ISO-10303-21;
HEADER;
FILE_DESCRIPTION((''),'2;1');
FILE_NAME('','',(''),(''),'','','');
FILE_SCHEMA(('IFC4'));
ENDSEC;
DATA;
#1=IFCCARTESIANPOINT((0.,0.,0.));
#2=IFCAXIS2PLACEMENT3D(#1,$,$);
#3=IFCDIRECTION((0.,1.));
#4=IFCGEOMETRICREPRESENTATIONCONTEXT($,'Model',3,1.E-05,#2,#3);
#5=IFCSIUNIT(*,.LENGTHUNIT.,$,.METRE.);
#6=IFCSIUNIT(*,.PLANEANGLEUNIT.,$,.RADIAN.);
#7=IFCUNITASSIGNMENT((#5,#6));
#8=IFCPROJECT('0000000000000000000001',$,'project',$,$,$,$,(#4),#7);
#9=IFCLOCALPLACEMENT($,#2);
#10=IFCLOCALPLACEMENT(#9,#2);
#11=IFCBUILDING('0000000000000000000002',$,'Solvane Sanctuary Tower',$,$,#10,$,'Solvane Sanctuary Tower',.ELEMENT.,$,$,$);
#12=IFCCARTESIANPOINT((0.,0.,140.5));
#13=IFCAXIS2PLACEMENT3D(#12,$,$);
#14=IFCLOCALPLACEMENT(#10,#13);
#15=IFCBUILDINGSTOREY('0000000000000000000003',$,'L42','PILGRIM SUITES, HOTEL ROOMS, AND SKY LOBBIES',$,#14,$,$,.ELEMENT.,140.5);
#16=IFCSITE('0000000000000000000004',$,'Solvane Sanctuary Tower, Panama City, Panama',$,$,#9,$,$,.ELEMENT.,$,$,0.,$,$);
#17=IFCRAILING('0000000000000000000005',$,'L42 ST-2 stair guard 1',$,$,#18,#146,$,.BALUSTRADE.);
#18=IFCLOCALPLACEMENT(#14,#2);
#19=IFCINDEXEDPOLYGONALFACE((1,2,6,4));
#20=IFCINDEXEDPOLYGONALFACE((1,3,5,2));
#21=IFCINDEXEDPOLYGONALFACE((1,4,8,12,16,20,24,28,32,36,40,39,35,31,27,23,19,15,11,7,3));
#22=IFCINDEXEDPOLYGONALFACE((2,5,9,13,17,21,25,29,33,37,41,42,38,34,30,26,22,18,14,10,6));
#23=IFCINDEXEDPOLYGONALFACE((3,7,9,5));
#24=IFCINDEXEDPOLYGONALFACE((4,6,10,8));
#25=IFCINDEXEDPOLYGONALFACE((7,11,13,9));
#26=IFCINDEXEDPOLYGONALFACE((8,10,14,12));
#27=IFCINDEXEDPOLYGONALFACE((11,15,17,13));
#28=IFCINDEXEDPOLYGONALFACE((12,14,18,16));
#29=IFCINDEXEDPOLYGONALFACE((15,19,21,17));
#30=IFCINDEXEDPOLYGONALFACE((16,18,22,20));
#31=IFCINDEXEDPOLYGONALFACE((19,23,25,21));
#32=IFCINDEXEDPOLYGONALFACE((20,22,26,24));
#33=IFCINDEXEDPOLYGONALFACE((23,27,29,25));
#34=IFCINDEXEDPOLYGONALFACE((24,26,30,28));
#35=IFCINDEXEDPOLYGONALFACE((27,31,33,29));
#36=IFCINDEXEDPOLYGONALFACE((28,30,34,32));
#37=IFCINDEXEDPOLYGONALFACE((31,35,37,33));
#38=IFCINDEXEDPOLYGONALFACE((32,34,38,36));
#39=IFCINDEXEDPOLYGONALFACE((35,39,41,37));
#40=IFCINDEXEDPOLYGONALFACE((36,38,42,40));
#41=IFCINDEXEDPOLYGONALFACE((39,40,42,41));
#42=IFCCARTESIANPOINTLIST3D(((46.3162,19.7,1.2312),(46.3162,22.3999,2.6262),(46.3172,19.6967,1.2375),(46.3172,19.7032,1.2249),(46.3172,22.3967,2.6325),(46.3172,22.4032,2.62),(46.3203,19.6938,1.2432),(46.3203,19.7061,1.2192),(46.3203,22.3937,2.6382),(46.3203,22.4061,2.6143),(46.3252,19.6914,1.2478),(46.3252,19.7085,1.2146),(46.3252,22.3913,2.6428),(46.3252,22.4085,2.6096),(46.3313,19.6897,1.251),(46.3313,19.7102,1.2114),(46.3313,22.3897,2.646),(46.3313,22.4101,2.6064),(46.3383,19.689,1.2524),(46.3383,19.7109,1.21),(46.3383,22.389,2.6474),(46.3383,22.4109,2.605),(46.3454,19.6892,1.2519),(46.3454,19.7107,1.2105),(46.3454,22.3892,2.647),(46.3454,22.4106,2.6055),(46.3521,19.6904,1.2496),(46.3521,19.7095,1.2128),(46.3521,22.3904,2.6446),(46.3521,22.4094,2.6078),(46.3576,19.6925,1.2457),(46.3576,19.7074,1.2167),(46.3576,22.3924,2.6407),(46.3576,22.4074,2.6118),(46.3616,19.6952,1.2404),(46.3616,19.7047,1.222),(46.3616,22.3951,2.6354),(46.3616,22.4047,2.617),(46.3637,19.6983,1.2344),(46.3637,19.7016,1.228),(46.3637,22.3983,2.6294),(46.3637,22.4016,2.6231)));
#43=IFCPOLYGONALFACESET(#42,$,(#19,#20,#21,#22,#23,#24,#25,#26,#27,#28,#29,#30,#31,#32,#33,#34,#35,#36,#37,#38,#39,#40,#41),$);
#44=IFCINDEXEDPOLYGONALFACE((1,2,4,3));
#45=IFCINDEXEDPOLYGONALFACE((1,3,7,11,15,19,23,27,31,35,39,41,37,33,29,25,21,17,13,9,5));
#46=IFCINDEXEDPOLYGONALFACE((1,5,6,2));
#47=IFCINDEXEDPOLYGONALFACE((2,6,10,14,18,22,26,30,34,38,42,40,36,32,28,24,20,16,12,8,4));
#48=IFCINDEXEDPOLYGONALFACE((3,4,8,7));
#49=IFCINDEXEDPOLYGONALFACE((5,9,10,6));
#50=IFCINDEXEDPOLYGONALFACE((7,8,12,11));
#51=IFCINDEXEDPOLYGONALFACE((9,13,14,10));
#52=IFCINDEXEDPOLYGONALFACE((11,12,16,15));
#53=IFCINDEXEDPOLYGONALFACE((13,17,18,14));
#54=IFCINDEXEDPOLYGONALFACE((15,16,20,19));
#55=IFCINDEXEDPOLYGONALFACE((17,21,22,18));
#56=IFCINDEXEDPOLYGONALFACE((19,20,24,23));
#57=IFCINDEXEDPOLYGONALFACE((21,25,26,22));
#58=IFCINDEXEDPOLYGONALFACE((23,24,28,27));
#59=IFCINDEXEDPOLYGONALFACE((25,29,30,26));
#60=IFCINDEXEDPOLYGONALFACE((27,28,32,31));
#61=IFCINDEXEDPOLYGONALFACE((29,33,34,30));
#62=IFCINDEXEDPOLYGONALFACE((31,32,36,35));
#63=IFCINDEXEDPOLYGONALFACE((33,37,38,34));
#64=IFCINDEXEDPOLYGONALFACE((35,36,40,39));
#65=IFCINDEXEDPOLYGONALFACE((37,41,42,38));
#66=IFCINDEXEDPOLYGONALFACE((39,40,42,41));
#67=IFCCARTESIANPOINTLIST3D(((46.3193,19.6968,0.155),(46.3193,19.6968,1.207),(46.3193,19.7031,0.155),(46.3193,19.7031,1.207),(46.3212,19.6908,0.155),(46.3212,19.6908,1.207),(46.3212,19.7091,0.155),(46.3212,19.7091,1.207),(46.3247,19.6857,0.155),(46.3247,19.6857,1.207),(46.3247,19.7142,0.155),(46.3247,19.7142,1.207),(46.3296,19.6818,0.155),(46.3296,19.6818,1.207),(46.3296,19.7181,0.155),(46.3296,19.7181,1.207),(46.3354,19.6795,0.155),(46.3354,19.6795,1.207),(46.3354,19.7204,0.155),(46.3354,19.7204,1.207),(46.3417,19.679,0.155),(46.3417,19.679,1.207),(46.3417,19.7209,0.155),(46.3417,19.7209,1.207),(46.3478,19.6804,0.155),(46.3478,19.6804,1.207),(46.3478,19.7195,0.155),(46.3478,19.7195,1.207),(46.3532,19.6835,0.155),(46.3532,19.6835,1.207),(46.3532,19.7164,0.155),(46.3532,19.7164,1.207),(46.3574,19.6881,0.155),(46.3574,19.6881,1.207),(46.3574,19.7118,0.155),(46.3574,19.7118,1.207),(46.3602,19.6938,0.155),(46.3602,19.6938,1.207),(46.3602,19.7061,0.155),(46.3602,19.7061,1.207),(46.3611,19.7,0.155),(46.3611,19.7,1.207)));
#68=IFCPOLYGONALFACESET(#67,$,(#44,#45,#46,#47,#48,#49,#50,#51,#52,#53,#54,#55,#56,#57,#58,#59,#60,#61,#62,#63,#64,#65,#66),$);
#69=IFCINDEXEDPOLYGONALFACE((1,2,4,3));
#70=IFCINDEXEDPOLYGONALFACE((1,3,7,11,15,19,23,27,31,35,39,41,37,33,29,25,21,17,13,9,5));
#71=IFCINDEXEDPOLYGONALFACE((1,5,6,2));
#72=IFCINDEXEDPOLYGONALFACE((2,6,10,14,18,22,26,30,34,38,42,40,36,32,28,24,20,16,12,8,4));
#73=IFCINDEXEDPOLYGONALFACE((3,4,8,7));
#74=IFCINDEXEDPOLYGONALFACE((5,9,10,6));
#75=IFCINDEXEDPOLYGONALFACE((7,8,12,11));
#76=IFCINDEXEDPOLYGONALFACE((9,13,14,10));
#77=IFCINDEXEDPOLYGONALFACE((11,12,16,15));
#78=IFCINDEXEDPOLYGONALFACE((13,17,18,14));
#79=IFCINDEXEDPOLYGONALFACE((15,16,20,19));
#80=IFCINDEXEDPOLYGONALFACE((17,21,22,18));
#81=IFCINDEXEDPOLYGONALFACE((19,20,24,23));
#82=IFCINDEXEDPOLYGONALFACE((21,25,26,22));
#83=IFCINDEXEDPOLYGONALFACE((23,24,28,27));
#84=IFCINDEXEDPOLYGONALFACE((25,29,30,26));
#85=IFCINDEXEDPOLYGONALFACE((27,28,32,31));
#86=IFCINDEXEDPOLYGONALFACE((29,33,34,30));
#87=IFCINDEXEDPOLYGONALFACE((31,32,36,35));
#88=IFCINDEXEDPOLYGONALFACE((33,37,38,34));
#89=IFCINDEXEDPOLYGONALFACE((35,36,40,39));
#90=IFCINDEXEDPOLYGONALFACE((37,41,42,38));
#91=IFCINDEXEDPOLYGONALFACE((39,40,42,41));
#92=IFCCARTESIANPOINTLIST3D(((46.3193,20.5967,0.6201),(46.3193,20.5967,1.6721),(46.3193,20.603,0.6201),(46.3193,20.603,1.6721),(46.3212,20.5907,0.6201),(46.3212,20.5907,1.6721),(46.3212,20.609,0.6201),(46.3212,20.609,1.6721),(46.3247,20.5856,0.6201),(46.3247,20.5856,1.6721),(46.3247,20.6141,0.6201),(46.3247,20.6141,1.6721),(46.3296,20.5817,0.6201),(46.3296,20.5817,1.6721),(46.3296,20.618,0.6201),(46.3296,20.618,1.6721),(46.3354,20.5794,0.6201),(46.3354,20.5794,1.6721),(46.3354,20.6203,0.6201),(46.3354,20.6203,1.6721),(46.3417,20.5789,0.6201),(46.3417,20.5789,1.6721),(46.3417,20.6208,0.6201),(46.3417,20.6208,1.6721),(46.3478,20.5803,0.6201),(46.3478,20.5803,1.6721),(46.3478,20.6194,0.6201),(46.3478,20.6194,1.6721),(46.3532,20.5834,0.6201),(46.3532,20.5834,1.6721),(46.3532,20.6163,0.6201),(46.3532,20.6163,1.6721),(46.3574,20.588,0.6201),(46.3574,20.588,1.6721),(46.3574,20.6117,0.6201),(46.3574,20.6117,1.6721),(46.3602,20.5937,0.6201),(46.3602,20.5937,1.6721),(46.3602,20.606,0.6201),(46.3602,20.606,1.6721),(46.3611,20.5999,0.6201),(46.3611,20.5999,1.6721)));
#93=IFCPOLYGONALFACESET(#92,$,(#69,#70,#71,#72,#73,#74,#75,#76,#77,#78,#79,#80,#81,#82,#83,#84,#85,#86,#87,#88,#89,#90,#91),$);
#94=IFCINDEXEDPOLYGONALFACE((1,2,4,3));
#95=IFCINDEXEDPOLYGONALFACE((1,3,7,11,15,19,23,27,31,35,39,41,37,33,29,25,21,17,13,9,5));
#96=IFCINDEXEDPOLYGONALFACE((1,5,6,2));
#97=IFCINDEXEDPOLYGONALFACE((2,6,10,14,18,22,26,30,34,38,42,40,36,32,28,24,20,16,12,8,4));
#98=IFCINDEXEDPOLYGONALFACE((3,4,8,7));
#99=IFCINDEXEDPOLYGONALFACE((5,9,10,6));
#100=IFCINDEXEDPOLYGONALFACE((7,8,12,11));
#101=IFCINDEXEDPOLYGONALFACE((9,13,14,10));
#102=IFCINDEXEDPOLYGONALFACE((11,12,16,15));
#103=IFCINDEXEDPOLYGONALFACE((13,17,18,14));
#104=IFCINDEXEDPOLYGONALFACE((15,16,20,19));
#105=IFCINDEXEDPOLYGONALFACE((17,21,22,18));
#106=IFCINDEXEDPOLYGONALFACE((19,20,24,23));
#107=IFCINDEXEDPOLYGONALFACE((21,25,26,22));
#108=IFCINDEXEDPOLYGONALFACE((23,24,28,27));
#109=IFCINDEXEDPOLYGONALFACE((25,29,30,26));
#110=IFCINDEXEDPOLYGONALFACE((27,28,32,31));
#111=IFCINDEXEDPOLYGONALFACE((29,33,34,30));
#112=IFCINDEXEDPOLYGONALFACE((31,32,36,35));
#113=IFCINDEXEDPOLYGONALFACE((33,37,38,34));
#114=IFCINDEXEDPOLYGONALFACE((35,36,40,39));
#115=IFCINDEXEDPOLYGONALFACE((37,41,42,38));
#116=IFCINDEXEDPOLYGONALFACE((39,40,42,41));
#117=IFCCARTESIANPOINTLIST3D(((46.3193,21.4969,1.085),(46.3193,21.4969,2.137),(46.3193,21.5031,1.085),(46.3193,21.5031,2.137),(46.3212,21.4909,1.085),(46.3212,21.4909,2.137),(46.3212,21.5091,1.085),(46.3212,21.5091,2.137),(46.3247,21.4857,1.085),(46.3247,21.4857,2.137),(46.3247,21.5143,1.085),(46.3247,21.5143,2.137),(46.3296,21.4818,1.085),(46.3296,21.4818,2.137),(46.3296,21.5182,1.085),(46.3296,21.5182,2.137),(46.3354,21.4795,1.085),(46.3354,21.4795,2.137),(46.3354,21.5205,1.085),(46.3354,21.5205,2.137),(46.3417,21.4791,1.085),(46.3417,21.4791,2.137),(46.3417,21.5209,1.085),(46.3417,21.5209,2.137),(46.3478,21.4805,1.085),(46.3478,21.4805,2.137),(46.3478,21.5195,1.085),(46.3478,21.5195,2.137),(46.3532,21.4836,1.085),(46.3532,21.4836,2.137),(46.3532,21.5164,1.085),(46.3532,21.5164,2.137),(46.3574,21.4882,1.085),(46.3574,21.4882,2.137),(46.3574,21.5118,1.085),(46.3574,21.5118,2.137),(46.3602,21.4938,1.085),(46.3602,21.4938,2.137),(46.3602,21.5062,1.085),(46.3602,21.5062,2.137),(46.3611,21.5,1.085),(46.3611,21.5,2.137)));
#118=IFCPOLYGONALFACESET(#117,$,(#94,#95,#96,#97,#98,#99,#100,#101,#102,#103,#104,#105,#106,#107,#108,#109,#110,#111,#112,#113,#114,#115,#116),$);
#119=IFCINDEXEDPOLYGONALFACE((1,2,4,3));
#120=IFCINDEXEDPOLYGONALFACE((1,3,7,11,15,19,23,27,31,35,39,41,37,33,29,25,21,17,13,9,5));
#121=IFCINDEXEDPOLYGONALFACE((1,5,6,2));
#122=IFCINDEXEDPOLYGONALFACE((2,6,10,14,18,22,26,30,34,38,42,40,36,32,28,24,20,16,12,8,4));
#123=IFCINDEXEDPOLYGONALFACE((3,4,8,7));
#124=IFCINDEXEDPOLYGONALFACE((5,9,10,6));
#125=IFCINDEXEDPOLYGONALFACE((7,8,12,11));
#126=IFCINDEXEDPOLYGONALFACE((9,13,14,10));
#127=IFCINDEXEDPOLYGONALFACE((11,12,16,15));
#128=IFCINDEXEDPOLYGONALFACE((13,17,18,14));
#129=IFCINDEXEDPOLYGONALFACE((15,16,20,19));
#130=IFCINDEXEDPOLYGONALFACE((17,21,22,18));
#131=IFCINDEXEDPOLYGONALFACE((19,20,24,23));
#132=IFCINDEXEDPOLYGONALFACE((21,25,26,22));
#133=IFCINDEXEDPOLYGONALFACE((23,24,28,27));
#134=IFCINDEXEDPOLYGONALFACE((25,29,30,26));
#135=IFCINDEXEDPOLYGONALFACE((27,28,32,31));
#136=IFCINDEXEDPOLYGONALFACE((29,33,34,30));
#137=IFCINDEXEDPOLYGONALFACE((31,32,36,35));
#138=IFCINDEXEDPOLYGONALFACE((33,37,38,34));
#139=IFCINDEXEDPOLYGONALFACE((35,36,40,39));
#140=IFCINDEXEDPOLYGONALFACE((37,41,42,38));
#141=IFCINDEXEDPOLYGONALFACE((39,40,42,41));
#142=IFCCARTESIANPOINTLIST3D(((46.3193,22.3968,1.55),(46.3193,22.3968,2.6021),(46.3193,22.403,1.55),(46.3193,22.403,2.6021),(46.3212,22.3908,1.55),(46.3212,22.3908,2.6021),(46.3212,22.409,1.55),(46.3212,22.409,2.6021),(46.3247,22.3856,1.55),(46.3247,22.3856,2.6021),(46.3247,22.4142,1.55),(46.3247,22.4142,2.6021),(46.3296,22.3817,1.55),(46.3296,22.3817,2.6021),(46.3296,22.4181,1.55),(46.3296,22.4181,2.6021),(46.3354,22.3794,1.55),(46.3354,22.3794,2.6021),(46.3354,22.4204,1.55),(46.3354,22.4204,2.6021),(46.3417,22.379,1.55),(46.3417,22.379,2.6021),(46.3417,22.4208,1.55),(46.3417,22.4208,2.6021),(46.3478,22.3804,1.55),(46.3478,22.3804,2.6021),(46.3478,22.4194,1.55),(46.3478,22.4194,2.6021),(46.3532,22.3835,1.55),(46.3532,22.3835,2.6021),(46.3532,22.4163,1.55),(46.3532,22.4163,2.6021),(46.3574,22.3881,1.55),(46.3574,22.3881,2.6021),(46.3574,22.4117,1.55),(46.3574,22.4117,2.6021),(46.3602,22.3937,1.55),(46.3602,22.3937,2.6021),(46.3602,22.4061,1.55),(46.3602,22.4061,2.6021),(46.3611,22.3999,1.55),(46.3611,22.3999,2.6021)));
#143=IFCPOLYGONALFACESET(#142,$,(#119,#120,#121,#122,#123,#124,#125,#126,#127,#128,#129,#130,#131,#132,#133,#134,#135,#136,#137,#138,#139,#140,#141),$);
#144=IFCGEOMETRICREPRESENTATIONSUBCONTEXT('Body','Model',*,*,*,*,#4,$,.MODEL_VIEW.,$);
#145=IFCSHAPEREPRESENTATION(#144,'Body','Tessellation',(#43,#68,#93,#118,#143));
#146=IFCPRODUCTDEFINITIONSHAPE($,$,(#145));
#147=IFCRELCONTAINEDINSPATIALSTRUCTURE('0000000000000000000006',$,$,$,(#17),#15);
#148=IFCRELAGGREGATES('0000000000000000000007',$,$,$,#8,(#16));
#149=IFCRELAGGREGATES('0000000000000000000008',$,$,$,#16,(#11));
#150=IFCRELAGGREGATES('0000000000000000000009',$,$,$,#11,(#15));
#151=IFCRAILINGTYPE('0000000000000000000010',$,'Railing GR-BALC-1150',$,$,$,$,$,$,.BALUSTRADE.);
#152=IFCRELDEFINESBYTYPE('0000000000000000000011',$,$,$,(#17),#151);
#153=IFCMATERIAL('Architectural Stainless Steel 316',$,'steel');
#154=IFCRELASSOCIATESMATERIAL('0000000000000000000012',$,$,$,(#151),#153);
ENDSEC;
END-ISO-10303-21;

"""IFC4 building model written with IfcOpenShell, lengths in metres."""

from ifc_helpers import new_model, si_unit, direction, frame, origin, origin_2d, place, context, subcontext, project, spatial, circle, extrude, material, type_object, element, save


model = new_model("IFC4")

# Units and contexts
model_context = context("Model", 3, precision=1e-05, world=origin(), true_north=direction((0.0, 1.0)))
body_context = subcontext(model_context, "Body", "Model", "MODEL_VIEW")
ifc_project = project(units=[si_unit("LENGTHUNIT", "METRE"), si_unit("PLANEANGLEUNIT", "RADIAN")], contexts=[model_context])

# Site, building, storey
site_placement = place(None, origin())
site = spatial("IfcSite", under=ifc_project, at=site_placement, Name="Solvane Sanctuary Tower, Panama City, Panama", CompositionType="ELEMENT", RefElevation=0.0)
building_placement = place(site_placement, origin())
building = spatial("IfcBuilding", under=site, at=building_placement, Name="Solvane Sanctuary Tower", LongName="Solvane Sanctuary Tower", CompositionType="ELEMENT")
storey_placement = place(building_placement, frame((0.0, 0.0, 140.5)))
storey = spatial("IfcBuildingStorey", under=building, at=storey_placement, Name="L42", Description="PILGRIM SUITES, HOTEL ROOMS, AND SKY LOBBIES", CompositionType="ELEMENT", Elevation=140.5)

# Shared definitions
ifc_material_1 = material(Name="Architectural Stainless Steel 316", Category="steel")

# Railing
railing_type_1 = type_object("IfcRailingType", Name="Railing GR-BALC-1150", PredefinedType="BALUSTRADE", material=ifc_material_1)
railing_1_placement = place(storey_placement, frame((46.3401, 19.7, 0.155)))
element("IfcRailing", 1, at=railing_1_placement, inside=storey, type_object=railing_type_1, Name="L42 ST-2 stair guard 1", PredefinedType="BALUSTRADE", context=body_context, shape_type="SweptSolid", body=[
    extrude(circle(Radius=0.0239, at=origin_2d()), frame((0.0, 0.0, 1.0762), z_axis=(0.0, 0.88842, 0.459032), x_axis=(-1.0, 0.0, 0.0)), (0.0, 0.0, 1.0), 3.0391),
    extrude(circle(Radius=0.021, at=origin_2d()), origin(), (0.0, 0.0, 1.0), 1.052),
    extrude(circle(Radius=0.021, at=origin_2d()), frame((0.0, 0.8999, 0.4651)), (0.0, 0.0, 1.0), 1.052),
    extrude(circle(Radius=0.021, at=origin_2d()), frame((0.0, 1.8, 0.9299)), (0.0, 0.0, 1.0), 1.052),
    extrude(circle(Radius=0.021, at=origin_2d()), frame((0.0, 2.7, 1.395)), (0.0, 0.0, 1.0), 1.052),
])

save(model, "model.ifc")
